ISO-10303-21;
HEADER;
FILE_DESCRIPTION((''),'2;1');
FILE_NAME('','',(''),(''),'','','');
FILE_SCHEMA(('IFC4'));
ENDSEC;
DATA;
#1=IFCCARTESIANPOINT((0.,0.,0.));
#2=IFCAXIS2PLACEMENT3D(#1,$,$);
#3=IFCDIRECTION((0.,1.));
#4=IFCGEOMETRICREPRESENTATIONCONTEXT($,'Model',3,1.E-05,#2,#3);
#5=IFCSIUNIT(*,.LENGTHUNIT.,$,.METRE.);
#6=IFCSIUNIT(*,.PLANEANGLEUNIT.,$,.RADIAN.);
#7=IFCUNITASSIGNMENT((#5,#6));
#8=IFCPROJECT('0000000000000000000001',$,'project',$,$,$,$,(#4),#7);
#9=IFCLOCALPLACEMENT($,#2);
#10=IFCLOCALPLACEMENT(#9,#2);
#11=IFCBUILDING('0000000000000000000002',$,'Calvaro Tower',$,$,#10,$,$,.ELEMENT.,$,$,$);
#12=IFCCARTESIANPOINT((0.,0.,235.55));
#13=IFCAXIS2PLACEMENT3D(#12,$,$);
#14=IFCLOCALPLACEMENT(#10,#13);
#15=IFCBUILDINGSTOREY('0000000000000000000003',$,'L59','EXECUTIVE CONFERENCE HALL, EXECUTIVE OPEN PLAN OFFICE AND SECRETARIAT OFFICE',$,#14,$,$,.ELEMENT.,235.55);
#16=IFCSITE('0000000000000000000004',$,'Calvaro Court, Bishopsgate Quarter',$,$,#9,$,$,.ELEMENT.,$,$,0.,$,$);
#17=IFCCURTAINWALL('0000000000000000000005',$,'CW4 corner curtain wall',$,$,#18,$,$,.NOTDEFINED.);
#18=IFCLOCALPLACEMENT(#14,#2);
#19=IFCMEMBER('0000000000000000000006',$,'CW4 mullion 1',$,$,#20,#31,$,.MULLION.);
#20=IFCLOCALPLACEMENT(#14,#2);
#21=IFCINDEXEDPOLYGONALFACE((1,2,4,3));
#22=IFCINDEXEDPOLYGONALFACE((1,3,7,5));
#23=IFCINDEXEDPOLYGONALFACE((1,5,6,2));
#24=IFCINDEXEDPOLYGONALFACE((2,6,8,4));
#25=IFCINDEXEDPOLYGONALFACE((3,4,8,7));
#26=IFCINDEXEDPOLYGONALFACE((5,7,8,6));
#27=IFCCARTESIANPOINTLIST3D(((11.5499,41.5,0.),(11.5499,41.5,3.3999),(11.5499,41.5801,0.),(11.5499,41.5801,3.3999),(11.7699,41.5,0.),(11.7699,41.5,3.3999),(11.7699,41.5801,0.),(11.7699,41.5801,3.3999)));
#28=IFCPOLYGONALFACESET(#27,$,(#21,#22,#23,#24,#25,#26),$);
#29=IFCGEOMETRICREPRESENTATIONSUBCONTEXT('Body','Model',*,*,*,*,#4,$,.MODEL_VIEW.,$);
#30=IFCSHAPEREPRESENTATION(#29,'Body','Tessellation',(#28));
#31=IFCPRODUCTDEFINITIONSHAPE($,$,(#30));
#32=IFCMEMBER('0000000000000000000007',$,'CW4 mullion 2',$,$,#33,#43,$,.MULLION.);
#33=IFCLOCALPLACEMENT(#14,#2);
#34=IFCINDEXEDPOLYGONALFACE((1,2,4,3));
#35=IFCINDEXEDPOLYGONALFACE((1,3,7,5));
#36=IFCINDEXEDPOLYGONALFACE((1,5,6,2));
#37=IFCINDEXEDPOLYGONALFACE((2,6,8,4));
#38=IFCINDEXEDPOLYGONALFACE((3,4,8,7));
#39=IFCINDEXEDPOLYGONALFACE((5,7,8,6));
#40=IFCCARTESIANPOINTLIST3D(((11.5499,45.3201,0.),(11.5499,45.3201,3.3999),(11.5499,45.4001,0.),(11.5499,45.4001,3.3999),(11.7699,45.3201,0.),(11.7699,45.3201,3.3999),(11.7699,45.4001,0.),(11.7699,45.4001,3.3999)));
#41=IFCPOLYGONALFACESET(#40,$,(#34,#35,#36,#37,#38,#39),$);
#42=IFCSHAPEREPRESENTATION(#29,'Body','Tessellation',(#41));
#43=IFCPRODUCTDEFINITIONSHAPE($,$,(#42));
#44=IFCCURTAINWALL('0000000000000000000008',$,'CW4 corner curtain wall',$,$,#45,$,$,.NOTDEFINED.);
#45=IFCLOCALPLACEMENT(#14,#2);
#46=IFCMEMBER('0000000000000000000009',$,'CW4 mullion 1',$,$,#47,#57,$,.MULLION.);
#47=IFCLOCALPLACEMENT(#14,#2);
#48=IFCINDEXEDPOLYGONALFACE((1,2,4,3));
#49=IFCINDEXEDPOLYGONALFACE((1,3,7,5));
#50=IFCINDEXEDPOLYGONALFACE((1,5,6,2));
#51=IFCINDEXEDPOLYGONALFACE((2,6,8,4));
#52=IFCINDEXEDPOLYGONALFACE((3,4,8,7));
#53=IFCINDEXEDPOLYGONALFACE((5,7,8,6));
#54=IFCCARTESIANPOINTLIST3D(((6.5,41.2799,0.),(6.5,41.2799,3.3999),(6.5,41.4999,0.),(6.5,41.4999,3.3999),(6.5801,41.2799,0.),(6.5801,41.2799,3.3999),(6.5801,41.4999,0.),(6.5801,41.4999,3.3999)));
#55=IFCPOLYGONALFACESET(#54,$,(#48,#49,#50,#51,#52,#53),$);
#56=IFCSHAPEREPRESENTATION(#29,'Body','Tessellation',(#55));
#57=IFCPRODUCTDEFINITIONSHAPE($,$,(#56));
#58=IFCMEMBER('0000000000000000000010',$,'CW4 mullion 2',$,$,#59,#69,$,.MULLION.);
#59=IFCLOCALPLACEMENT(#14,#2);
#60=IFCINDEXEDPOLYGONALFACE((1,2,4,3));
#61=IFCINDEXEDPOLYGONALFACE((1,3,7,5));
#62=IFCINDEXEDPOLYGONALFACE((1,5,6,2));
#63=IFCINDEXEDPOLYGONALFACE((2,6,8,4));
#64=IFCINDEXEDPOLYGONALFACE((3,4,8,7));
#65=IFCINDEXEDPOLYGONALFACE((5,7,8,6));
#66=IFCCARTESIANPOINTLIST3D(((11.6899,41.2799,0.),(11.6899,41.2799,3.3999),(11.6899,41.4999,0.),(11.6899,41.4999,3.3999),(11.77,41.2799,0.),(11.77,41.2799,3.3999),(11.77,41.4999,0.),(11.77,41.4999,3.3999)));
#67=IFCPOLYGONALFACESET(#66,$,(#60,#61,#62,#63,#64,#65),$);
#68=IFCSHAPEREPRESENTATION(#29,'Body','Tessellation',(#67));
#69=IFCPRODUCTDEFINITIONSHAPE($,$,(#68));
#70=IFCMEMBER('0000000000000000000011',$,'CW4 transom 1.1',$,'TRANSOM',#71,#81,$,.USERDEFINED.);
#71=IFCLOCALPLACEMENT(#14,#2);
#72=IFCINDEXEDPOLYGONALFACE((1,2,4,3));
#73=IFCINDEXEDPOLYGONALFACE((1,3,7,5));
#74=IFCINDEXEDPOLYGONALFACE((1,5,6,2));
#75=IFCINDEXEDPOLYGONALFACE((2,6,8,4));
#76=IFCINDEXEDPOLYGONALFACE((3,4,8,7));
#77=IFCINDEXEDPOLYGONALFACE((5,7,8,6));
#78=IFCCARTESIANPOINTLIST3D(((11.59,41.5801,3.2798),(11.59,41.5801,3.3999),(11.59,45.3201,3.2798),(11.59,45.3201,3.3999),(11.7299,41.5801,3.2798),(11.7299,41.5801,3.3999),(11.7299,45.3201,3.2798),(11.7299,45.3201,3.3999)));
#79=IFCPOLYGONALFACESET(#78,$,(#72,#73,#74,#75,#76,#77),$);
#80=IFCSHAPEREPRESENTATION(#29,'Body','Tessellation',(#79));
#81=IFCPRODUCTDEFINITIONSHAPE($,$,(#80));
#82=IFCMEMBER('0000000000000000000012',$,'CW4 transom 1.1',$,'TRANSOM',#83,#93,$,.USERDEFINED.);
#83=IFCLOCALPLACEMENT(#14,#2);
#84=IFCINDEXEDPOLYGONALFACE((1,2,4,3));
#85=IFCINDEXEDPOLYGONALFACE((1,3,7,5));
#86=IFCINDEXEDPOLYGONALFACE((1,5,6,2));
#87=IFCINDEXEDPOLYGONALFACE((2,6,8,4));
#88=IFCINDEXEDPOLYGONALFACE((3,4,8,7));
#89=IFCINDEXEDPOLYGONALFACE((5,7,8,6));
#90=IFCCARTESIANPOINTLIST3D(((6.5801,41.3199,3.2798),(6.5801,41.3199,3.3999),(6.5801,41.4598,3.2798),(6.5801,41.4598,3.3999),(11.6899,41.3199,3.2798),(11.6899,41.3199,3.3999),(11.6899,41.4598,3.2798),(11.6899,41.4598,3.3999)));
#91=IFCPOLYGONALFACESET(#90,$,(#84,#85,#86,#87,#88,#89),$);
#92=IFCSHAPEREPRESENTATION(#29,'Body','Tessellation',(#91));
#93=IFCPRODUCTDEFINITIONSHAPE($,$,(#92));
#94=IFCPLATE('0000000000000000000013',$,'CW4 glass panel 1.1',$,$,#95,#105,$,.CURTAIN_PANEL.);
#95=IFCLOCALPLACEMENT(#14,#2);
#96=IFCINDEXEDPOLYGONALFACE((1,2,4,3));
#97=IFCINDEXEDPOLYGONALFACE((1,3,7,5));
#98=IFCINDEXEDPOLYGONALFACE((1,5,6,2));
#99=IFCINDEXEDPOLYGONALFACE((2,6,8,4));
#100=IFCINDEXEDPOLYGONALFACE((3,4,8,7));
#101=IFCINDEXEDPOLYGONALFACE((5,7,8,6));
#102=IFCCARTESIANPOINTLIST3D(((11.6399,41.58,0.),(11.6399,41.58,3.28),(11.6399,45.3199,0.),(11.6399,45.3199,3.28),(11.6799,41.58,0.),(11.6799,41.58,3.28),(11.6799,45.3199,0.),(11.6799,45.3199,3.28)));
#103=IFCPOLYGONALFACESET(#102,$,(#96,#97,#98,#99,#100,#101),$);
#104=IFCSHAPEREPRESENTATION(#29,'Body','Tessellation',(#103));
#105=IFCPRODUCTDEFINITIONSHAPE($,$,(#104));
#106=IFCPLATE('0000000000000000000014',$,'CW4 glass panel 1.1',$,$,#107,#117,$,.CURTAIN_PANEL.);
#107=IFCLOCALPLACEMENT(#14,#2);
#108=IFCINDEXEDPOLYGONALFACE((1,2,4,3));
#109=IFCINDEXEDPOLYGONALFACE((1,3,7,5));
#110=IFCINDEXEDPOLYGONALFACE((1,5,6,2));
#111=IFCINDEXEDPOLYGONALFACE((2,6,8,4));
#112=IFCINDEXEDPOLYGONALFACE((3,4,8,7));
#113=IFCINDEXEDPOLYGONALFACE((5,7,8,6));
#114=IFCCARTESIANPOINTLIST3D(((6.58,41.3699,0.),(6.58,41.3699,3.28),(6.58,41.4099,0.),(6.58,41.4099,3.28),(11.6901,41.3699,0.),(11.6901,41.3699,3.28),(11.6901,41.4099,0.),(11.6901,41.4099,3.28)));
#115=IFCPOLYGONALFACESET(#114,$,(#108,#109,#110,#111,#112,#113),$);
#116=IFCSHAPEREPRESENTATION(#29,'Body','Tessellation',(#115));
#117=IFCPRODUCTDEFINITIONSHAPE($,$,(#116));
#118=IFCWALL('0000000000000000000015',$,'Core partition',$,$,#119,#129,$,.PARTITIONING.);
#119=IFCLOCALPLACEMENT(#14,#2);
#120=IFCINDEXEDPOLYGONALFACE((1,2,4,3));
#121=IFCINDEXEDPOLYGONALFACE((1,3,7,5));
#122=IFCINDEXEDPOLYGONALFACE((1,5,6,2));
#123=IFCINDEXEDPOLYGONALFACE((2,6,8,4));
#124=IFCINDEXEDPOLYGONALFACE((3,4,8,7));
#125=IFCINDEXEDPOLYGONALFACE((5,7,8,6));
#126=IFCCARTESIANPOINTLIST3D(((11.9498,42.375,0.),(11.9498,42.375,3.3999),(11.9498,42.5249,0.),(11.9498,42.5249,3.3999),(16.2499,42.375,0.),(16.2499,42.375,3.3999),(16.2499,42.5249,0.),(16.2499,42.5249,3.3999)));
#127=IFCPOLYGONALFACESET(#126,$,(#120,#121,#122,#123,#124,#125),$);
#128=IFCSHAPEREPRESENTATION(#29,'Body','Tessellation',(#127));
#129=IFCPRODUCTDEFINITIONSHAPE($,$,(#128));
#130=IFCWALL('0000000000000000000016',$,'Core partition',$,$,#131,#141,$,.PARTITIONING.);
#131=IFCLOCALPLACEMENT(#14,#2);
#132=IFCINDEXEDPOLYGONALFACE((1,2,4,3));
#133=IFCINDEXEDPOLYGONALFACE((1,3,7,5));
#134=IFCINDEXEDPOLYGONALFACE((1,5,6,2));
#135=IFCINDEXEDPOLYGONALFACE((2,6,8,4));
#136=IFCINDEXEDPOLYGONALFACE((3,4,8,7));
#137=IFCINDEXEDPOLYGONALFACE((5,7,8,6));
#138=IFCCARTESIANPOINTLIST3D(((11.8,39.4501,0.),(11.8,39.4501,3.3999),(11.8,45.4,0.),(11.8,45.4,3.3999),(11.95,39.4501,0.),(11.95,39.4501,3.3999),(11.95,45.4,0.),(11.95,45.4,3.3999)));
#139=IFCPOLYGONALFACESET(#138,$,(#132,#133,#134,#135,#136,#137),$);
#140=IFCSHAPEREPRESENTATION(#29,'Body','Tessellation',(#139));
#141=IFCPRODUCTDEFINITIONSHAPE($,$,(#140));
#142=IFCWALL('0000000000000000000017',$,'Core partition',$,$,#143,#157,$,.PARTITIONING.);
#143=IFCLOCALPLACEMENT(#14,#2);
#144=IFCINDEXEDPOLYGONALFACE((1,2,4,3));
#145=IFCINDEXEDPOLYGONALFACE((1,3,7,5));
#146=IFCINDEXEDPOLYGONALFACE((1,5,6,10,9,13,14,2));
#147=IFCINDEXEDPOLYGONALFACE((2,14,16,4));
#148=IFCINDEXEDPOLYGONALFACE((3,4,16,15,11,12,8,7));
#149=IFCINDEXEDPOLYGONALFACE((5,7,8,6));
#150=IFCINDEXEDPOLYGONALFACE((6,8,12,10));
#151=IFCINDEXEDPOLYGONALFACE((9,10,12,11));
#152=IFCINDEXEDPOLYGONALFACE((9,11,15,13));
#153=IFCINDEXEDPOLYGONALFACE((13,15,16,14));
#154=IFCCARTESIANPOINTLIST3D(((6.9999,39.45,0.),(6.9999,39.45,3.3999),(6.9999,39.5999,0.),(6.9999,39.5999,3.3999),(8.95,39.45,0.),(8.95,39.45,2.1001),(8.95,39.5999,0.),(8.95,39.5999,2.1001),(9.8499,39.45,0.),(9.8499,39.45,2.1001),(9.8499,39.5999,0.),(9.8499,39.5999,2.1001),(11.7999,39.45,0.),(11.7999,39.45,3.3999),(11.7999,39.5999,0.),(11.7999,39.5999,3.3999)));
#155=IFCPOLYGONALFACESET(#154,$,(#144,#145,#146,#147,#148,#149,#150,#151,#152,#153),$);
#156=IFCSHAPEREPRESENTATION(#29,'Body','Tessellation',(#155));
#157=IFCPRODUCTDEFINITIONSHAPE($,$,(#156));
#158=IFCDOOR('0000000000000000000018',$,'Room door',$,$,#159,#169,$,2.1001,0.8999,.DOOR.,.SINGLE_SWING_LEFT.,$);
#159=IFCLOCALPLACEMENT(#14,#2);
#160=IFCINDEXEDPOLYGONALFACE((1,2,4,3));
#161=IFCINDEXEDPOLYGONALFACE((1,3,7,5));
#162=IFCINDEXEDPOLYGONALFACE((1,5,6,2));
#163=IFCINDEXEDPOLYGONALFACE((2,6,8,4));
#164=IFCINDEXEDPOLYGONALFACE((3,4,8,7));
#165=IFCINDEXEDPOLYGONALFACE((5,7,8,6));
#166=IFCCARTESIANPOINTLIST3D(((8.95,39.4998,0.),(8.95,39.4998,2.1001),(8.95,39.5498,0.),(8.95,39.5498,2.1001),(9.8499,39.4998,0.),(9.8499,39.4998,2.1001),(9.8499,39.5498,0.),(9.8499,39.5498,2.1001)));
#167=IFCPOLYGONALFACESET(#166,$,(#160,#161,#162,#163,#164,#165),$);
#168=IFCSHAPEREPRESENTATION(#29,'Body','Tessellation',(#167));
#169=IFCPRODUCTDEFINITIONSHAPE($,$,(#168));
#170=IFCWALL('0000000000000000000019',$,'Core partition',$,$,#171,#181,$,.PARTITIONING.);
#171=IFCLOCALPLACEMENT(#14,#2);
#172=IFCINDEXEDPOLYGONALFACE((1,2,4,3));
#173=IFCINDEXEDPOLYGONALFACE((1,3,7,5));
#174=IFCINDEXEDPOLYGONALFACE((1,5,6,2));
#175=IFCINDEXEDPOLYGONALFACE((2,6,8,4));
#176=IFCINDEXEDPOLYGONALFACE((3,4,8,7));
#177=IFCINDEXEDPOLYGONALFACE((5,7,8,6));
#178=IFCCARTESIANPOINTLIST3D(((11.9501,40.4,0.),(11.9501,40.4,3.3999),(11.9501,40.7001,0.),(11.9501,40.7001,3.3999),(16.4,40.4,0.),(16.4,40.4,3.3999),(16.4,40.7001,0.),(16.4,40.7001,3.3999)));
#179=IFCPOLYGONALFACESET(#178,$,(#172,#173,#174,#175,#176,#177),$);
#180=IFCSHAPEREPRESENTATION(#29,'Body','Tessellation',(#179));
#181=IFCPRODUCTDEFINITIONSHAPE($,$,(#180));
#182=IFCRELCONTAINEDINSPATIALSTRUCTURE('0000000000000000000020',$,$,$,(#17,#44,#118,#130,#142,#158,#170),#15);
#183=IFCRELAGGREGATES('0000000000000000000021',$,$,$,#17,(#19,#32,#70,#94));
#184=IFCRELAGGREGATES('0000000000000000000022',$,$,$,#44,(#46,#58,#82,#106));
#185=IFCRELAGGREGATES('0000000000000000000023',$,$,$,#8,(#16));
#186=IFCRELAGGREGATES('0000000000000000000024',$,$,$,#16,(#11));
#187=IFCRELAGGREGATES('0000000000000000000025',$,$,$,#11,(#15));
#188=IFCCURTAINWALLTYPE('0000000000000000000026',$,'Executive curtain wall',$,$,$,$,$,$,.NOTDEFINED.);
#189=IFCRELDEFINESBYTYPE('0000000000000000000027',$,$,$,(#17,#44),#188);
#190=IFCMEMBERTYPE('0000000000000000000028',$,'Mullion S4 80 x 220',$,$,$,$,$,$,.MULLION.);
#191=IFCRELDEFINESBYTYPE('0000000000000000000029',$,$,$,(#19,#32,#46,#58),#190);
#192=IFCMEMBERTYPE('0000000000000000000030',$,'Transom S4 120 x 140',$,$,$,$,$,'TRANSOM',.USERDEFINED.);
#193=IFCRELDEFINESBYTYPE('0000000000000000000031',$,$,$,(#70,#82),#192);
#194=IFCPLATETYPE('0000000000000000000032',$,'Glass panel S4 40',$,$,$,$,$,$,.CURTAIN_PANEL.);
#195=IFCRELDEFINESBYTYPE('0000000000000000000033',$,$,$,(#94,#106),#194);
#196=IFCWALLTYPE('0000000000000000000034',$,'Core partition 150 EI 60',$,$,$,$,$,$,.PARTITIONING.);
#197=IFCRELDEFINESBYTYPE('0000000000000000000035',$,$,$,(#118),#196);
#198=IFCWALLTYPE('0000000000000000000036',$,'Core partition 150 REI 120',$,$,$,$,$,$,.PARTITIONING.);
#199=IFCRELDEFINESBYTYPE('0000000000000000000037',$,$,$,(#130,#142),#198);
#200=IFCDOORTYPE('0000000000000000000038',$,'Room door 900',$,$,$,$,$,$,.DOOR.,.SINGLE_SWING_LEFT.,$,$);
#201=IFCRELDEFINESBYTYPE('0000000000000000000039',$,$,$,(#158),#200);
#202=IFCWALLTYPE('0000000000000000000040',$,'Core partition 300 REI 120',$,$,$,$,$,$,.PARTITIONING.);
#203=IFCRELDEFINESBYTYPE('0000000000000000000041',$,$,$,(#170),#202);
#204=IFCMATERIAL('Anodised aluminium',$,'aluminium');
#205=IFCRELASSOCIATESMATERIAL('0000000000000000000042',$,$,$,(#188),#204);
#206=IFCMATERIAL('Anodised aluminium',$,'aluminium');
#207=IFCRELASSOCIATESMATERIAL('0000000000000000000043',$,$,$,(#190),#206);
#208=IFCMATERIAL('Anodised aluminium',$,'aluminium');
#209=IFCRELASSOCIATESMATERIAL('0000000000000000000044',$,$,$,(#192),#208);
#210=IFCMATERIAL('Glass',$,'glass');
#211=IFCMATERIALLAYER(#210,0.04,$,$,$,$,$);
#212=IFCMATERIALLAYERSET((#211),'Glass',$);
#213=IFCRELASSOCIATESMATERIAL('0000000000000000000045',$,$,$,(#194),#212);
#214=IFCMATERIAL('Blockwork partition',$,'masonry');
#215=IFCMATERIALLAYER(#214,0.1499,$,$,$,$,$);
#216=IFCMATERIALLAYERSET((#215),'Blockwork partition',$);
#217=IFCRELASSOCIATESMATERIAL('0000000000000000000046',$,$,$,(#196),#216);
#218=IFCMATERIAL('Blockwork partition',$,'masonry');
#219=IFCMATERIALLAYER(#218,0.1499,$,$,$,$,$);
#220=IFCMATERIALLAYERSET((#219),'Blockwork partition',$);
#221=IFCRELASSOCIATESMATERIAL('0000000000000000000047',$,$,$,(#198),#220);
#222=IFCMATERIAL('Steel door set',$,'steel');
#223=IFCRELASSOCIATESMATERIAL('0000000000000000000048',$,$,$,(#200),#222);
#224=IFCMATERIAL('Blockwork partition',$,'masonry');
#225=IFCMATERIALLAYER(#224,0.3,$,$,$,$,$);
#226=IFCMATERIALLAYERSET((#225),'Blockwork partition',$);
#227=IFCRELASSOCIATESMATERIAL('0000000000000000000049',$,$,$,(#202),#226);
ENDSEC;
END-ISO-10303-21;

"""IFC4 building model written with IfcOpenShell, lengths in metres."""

from ifc_helpers import new_model, si_unit, direction, frame, frame_2d, origin, origin_2d, place, context, subcontext, project, spatial, rectangle, extrude, material, layer, layer_set, material_profile, profile_set, type_object, element, fill, aggregate, save


model = new_model("IFC4")

# Units and contexts
model_context = context("Model", 3, precision=1e-05, world=origin(), true_north=direction((0.0, 1.0)))
body_context = subcontext(model_context, "Body", "Model", "MODEL_VIEW")
ifc_project = project(units=[si_unit("LENGTHUNIT", "METRE"), si_unit("PLANEANGLEUNIT", "RADIAN")], contexts=[model_context])

# Site, building, storey
site_placement = place(None, origin())
site = spatial("IfcSite", under=ifc_project, at=site_placement, Name="Calvaro Court, Bishopsgate Quarter", CompositionType="ELEMENT", RefElevation=0.0)
building_placement = place(site_placement, origin())
building = spatial("IfcBuilding", under=site, at=building_placement, Name="Calvaro Tower", CompositionType="ELEMENT")
storey_placement = place(building_placement, frame((0.0, 0.0, 235.55)))
storey = spatial("IfcBuildingStorey", under=building, at=storey_placement, Name="L59", Description="EXECUTIVE CONFERENCE HALL, EXECUTIVE OPEN PLAN OFFICE AND SECRETARIAT OFFICE", CompositionType="ELEMENT", Elevation=235.55)

# Curtain walls, members
ifc_material_1 = material(Name="Anodised aluminium", Category="aluminium")
curtain_wall_type = type_object("IfcCurtainWallType", Name="Executive curtain wall", PredefinedType="NOTDEFINED", material=ifc_material_1)
curtain_wall_1_placement = place(storey_placement, origin())
curtain_wall_1 = element("IfcCurtainWall", 1, at=curtain_wall_1_placement, inside=storey, type_object=curtain_wall_type, Name="CW4 corner curtain wall", PredefinedType="NOTDEFINED")
ifc_material_2 = material(Name="Anodised aluminium", Category="aluminium")
ifc_material_profile_1 = material_profile(ifc_material_2, rectangle(XDim=0.22, YDim=0.0801, at=origin_2d()), Name="Mullion S4 80 x 220")
ifc_profile_set_1 = profile_set([ifc_material_profile_1], Name="Anodised aluminium")
member_type_1 = type_object("IfcMemberType", Name="Mullion S4 80 x 220", PredefinedType="MULLION", material=ifc_profile_set_1)
member_1_placement = place(storey_placement, frame((11.6599, 41.54, 0.0), z_axis=(0.0, 0.0, 1.0), x_axis=(-1.0, 0.0, 0.0)))
member_1 = element("IfcMember", 2, at=member_1_placement, type_object=member_type_1, Name="CW4 mullion 1", PredefinedType="MULLION", context=body_context, shape_type="SweptSolid", body=[
    extrude(rectangle(XDim=0.22, YDim=0.0801, at=origin_2d()), origin(), (0.0, 0.0, 1.0), 3.3999),
])
member_2_placement = place(storey_placement, frame((11.6599, 45.3601, 0.0), z_axis=(0.0, 0.0, 1.0), x_axis=(-1.0, 0.0, 0.0)))
member_2 = element("IfcMember", 3, at=member_2_placement, type_object=member_type_1, Name="CW4 mullion 2", PredefinedType="MULLION", context=body_context, shape_type="SweptSolid", body=[
    extrude(rectangle(XDim=0.22, YDim=0.0801, at=origin_2d()), origin(), (0.0, 0.0, 1.0), 3.3999),
])
curtain_wall_2_placement = place(storey_placement, origin())
curtain_wall_2 = element("IfcCurtainWall", 4, at=curtain_wall_2_placement, inside=storey, type_object=curtain_wall_type, Name="CW4 corner curtain wall", PredefinedType="NOTDEFINED")
member_3_placement = place(storey_placement, frame((6.54, 41.3899, 0.0), z_axis=(0.0, 0.0, 1.0), x_axis=(0.0, 1.0, 0.0)))
member_3 = element("IfcMember", 5, at=member_3_placement, type_object=member_type_1, Name="CW4 mullion 1", PredefinedType="MULLION", context=body_context, shape_type="SweptSolid", body=[
    extrude(rectangle(XDim=0.22, YDim=0.0801, at=origin_2d()), origin(), (0.0, 0.0, 1.0), 3.3999),
])
member_4_placement = place(storey_placement, frame((11.73, 41.3899, 0.0), z_axis=(0.0, 0.0, 1.0), x_axis=(0.0, 1.0, 0.0)))
member_4 = element("IfcMember", 6, at=member_4_placement, type_object=member_type_1, Name="CW4 mullion 2", PredefinedType="MULLION", context=body_context, shape_type="SweptSolid", body=[
    extrude(rectangle(XDim=0.22, YDim=0.0801, at=origin_2d()), origin(), (0.0, 0.0, 1.0), 3.3999),
])

# Members
ifc_material_3 = material(Name="Anodised aluminium", Category="aluminium")
ifc_material_profile_2 = material_profile(ifc_material_3, rectangle(XDim=0.1399, YDim=0.1201, at=origin_2d()), Name="Transom S4 120 x 140")
ifc_profile_set_2 = profile_set([ifc_material_profile_2], Name="Anodised aluminium")
member_type_2 = type_object("IfcMemberType", Name="Transom S4 120 x 140", ElementType="TRANSOM", PredefinedType="USERDEFINED", material=ifc_profile_set_2)
member_5_placement = place(storey_placement, frame((11.6599, 41.5801, 3.3398), z_axis=(0.0, 1.0, 0.0), x_axis=(-1.0, 0.0, 0.0)))
member_5 = element("IfcMember", 7, at=member_5_placement, type_object=member_type_2, Name="CW4 transom 1.1", ObjectType="TRANSOM", PredefinedType="USERDEFINED", context=body_context, shape_type="SweptSolid", body=[
    extrude(rectangle(XDim=0.1399, YDim=0.1201, at=origin_2d()), origin(), (0.0, 0.0, 1.0), 3.74),
])
member_6_placement = place(storey_placement, frame((6.5801, 41.3899, 3.3398), z_axis=(1.0, 0.0, 0.0), x_axis=(0.0, 1.0, 0.0)))
member_6 = element("IfcMember", 8, at=member_6_placement, type_object=member_type_2, Name="CW4 transom 1.1", ObjectType="TRANSOM", PredefinedType="USERDEFINED", context=body_context, shape_type="SweptSolid", body=[
    extrude(rectangle(XDim=0.1399, YDim=0.1201, at=origin_2d()), origin(), (0.0, 0.0, 1.0), 5.1099),
])

# Plates
ifc_material_4 = material(Name="Glass", Category="glass")
ifc_layer_1 = layer(ifc_material_4, 0.04)
ifc_layer_set_1 = layer_set([ifc_layer_1], Name="Glass")
plate_type = type_object("IfcPlateType", Name="Glass panel S4 40", PredefinedType="CURTAIN_PANEL", material=ifc_layer_set_1)
plate_1_placement = place(storey_placement, frame((11.6599, 43.45, 0.0), z_axis=(0.0, 0.0, 1.0), x_axis=(0.0, 1.0, 0.0)))
plate_1 = element("IfcPlate", 9, at=plate_1_placement, type_object=plate_type, Name="CW4 glass panel 1.1", PredefinedType="CURTAIN_PANEL", context=body_context, shape_type="SweptSolid", body=[
    extrude(rectangle(XDim=3.74, YDim=0.04, at=origin_2d()), origin(), (0.0, 0.0, 1.0), 3.28),
])
aggregate(curtain_wall_1, [member_1, member_2, member_5, plate_1])
plate_2_placement = place(storey_placement, frame((9.135, 41.3899, 0.0), z_axis=(0.0, 0.0, 1.0), x_axis=(1.0, 0.0, 0.0)))
plate_2 = element("IfcPlate", 10, at=plate_2_placement, type_object=plate_type, Name="CW4 glass panel 1.1", PredefinedType="CURTAIN_PANEL", context=body_context, shape_type="SweptSolid", body=[
    extrude(rectangle(XDim=5.1101, YDim=0.04, at=origin_2d()), origin(), (0.0, 0.0, 1.0), 3.28),
])
aggregate(curtain_wall_2, [member_3, member_4, member_6, plate_2])

# Walls
ifc_material_5 = material(Name="Blockwork partition", Category="masonry")
ifc_layer_2 = layer(ifc_material_5, 0.1499)
ifc_layer_set_2 = layer_set([ifc_layer_2], Name="Blockwork partition")
wall_type_1 = type_object("IfcWallType", Name="Core partition 150 EI 60", PredefinedType="PARTITIONING", material=ifc_layer_set_2)
wall_1_placement = place(storey_placement, frame((11.95, 42.45, 0.0), z_axis=(0.0, 0.0, 1.0), x_axis=(1.0, 0.0, 0.0)))
element("IfcWall", 11, at=wall_1_placement, inside=storey, type_object=wall_type_1, Name="Core partition", PredefinedType="PARTITIONING", context=body_context, shape_type="SweptSolid", body=[
    extrude(rectangle(XDim=4.3, YDim=0.1499, at=frame_2d((2.1499, 0.0))), origin(), (0.0, 0.0, 1.0), 3.3999),
])
ifc_material_6 = material(Name="Blockwork partition", Category="masonry")
ifc_layer_3 = layer(ifc_material_6, 0.1499)
ifc_layer_set_3 = layer_set([ifc_layer_3], Name="Blockwork partition")
wall_type_2 = type_object("IfcWallType", Name="Core partition 150 REI 120", PredefinedType="PARTITIONING", material=ifc_layer_set_3)
wall_2_placement = place(storey_placement, frame((11.875, 39.45, 0.0), z_axis=(0.0, 0.0, 1.0), x_axis=(0.0, 1.0, 0.0)))
element("IfcWall", 12, at=wall_2_placement, inside=storey, type_object=wall_type_2, Name="Core partition", PredefinedType="PARTITIONING", context=body_context, shape_type="SweptSolid", body=[
    extrude(rectangle(XDim=5.95, YDim=0.1499, at=frame_2d((2.9751, 0.0))), origin(), (0.0, 0.0, 1.0), 3.3999),
])

# Wall, opening, door
wall_3_placement = place(storey_placement, frame((7.0, 39.5249, 0.0), z_axis=(0.0, 0.0, 1.0), x_axis=(1.0, 0.0, 0.0)))
wall_3 = element("IfcWall", 13, at=wall_3_placement, inside=storey, type_object=wall_type_2, Name="Core partition", PredefinedType="PARTITIONING", context=body_context, shape_type="SweptSolid", body=[
    extrude(rectangle(XDim=4.8, YDim=0.1499, at=frame_2d((2.3999, 0.0))), origin(), (0.0, 0.0, 1.0), 3.3999),
])
opening_1_placement = place(wall_3_placement, frame((1.95, 0.0, 0.0)))
opening_1 = element("IfcOpeningElement", 14, at=opening_1_placement, cuts=wall_3, PredefinedType="OPENING", context=body_context, shape_type="SweptSolid", body=[
    extrude(rectangle(XDim=0.8999, YDim=2.1001, at=frame_2d((0.45, 1.05))), frame((0.0, 0.085, 0.0), z_axis=(0.0, -1.0, 0.0), x_axis=(1.0, 0.0, 0.0)), (0.0, 0.0, 1.0), 0.1699),
])
ifc_material_7 = material(Name="Steel door set", Category="steel")
door_type_1 = type_object("IfcDoorType", Name="Room door 900", OperationType="SINGLE_SWING_LEFT", PredefinedType="DOOR", material=ifc_material_7)
door_1_placement = place(opening_1_placement, origin())
door_1 = element("IfcDoor", 15, at=door_1_placement, inside=storey, type_object=door_type_1, Name="Room door", OperationType="SINGLE_SWING_LEFT", OverallHeight=2.1001, OverallWidth=0.8999, PredefinedType="DOOR", context=body_context, shape_type="SweptSolid", body=[
    extrude(rectangle(XDim=0.8999, YDim=2.1001, at=frame_2d((0.45, 1.05))), frame((0.0, 0.0249, 0.0), z_axis=(0.0, -1.0, 0.0), x_axis=(1.0, 0.0, 0.0)), (0.0, 0.0, 1.0), 0.05),
])
fill(opening_1, door_1)

# Wall
ifc_material_8 = material(Name="Blockwork partition", Category="masonry")
ifc_layer_4 = layer(ifc_material_8, 0.3)
ifc_layer_set_4 = layer_set([ifc_layer_4], Name="Blockwork partition")
wall_type_3 = type_object("IfcWallType", Name="Core partition 300 REI 120", PredefinedType="PARTITIONING", material=ifc_layer_set_4)
wall_4_placement = place(storey_placement, frame((11.95, 40.55, 0.0), z_axis=(0.0, 0.0, 1.0), x_axis=(1.0, 0.0, 0.0)))
element("IfcWall", 16, at=wall_4_placement, inside=storey, type_object=wall_type_3, Name="Core partition", PredefinedType="PARTITIONING", context=body_context, shape_type="SweptSolid", body=[
    extrude(rectangle(XDim=4.45, YDim=0.3, at=frame_2d((2.2251, 0.0))), origin(), (0.0, 0.0, 1.0), 3.3999),
])

save(model, "model.ifc")
